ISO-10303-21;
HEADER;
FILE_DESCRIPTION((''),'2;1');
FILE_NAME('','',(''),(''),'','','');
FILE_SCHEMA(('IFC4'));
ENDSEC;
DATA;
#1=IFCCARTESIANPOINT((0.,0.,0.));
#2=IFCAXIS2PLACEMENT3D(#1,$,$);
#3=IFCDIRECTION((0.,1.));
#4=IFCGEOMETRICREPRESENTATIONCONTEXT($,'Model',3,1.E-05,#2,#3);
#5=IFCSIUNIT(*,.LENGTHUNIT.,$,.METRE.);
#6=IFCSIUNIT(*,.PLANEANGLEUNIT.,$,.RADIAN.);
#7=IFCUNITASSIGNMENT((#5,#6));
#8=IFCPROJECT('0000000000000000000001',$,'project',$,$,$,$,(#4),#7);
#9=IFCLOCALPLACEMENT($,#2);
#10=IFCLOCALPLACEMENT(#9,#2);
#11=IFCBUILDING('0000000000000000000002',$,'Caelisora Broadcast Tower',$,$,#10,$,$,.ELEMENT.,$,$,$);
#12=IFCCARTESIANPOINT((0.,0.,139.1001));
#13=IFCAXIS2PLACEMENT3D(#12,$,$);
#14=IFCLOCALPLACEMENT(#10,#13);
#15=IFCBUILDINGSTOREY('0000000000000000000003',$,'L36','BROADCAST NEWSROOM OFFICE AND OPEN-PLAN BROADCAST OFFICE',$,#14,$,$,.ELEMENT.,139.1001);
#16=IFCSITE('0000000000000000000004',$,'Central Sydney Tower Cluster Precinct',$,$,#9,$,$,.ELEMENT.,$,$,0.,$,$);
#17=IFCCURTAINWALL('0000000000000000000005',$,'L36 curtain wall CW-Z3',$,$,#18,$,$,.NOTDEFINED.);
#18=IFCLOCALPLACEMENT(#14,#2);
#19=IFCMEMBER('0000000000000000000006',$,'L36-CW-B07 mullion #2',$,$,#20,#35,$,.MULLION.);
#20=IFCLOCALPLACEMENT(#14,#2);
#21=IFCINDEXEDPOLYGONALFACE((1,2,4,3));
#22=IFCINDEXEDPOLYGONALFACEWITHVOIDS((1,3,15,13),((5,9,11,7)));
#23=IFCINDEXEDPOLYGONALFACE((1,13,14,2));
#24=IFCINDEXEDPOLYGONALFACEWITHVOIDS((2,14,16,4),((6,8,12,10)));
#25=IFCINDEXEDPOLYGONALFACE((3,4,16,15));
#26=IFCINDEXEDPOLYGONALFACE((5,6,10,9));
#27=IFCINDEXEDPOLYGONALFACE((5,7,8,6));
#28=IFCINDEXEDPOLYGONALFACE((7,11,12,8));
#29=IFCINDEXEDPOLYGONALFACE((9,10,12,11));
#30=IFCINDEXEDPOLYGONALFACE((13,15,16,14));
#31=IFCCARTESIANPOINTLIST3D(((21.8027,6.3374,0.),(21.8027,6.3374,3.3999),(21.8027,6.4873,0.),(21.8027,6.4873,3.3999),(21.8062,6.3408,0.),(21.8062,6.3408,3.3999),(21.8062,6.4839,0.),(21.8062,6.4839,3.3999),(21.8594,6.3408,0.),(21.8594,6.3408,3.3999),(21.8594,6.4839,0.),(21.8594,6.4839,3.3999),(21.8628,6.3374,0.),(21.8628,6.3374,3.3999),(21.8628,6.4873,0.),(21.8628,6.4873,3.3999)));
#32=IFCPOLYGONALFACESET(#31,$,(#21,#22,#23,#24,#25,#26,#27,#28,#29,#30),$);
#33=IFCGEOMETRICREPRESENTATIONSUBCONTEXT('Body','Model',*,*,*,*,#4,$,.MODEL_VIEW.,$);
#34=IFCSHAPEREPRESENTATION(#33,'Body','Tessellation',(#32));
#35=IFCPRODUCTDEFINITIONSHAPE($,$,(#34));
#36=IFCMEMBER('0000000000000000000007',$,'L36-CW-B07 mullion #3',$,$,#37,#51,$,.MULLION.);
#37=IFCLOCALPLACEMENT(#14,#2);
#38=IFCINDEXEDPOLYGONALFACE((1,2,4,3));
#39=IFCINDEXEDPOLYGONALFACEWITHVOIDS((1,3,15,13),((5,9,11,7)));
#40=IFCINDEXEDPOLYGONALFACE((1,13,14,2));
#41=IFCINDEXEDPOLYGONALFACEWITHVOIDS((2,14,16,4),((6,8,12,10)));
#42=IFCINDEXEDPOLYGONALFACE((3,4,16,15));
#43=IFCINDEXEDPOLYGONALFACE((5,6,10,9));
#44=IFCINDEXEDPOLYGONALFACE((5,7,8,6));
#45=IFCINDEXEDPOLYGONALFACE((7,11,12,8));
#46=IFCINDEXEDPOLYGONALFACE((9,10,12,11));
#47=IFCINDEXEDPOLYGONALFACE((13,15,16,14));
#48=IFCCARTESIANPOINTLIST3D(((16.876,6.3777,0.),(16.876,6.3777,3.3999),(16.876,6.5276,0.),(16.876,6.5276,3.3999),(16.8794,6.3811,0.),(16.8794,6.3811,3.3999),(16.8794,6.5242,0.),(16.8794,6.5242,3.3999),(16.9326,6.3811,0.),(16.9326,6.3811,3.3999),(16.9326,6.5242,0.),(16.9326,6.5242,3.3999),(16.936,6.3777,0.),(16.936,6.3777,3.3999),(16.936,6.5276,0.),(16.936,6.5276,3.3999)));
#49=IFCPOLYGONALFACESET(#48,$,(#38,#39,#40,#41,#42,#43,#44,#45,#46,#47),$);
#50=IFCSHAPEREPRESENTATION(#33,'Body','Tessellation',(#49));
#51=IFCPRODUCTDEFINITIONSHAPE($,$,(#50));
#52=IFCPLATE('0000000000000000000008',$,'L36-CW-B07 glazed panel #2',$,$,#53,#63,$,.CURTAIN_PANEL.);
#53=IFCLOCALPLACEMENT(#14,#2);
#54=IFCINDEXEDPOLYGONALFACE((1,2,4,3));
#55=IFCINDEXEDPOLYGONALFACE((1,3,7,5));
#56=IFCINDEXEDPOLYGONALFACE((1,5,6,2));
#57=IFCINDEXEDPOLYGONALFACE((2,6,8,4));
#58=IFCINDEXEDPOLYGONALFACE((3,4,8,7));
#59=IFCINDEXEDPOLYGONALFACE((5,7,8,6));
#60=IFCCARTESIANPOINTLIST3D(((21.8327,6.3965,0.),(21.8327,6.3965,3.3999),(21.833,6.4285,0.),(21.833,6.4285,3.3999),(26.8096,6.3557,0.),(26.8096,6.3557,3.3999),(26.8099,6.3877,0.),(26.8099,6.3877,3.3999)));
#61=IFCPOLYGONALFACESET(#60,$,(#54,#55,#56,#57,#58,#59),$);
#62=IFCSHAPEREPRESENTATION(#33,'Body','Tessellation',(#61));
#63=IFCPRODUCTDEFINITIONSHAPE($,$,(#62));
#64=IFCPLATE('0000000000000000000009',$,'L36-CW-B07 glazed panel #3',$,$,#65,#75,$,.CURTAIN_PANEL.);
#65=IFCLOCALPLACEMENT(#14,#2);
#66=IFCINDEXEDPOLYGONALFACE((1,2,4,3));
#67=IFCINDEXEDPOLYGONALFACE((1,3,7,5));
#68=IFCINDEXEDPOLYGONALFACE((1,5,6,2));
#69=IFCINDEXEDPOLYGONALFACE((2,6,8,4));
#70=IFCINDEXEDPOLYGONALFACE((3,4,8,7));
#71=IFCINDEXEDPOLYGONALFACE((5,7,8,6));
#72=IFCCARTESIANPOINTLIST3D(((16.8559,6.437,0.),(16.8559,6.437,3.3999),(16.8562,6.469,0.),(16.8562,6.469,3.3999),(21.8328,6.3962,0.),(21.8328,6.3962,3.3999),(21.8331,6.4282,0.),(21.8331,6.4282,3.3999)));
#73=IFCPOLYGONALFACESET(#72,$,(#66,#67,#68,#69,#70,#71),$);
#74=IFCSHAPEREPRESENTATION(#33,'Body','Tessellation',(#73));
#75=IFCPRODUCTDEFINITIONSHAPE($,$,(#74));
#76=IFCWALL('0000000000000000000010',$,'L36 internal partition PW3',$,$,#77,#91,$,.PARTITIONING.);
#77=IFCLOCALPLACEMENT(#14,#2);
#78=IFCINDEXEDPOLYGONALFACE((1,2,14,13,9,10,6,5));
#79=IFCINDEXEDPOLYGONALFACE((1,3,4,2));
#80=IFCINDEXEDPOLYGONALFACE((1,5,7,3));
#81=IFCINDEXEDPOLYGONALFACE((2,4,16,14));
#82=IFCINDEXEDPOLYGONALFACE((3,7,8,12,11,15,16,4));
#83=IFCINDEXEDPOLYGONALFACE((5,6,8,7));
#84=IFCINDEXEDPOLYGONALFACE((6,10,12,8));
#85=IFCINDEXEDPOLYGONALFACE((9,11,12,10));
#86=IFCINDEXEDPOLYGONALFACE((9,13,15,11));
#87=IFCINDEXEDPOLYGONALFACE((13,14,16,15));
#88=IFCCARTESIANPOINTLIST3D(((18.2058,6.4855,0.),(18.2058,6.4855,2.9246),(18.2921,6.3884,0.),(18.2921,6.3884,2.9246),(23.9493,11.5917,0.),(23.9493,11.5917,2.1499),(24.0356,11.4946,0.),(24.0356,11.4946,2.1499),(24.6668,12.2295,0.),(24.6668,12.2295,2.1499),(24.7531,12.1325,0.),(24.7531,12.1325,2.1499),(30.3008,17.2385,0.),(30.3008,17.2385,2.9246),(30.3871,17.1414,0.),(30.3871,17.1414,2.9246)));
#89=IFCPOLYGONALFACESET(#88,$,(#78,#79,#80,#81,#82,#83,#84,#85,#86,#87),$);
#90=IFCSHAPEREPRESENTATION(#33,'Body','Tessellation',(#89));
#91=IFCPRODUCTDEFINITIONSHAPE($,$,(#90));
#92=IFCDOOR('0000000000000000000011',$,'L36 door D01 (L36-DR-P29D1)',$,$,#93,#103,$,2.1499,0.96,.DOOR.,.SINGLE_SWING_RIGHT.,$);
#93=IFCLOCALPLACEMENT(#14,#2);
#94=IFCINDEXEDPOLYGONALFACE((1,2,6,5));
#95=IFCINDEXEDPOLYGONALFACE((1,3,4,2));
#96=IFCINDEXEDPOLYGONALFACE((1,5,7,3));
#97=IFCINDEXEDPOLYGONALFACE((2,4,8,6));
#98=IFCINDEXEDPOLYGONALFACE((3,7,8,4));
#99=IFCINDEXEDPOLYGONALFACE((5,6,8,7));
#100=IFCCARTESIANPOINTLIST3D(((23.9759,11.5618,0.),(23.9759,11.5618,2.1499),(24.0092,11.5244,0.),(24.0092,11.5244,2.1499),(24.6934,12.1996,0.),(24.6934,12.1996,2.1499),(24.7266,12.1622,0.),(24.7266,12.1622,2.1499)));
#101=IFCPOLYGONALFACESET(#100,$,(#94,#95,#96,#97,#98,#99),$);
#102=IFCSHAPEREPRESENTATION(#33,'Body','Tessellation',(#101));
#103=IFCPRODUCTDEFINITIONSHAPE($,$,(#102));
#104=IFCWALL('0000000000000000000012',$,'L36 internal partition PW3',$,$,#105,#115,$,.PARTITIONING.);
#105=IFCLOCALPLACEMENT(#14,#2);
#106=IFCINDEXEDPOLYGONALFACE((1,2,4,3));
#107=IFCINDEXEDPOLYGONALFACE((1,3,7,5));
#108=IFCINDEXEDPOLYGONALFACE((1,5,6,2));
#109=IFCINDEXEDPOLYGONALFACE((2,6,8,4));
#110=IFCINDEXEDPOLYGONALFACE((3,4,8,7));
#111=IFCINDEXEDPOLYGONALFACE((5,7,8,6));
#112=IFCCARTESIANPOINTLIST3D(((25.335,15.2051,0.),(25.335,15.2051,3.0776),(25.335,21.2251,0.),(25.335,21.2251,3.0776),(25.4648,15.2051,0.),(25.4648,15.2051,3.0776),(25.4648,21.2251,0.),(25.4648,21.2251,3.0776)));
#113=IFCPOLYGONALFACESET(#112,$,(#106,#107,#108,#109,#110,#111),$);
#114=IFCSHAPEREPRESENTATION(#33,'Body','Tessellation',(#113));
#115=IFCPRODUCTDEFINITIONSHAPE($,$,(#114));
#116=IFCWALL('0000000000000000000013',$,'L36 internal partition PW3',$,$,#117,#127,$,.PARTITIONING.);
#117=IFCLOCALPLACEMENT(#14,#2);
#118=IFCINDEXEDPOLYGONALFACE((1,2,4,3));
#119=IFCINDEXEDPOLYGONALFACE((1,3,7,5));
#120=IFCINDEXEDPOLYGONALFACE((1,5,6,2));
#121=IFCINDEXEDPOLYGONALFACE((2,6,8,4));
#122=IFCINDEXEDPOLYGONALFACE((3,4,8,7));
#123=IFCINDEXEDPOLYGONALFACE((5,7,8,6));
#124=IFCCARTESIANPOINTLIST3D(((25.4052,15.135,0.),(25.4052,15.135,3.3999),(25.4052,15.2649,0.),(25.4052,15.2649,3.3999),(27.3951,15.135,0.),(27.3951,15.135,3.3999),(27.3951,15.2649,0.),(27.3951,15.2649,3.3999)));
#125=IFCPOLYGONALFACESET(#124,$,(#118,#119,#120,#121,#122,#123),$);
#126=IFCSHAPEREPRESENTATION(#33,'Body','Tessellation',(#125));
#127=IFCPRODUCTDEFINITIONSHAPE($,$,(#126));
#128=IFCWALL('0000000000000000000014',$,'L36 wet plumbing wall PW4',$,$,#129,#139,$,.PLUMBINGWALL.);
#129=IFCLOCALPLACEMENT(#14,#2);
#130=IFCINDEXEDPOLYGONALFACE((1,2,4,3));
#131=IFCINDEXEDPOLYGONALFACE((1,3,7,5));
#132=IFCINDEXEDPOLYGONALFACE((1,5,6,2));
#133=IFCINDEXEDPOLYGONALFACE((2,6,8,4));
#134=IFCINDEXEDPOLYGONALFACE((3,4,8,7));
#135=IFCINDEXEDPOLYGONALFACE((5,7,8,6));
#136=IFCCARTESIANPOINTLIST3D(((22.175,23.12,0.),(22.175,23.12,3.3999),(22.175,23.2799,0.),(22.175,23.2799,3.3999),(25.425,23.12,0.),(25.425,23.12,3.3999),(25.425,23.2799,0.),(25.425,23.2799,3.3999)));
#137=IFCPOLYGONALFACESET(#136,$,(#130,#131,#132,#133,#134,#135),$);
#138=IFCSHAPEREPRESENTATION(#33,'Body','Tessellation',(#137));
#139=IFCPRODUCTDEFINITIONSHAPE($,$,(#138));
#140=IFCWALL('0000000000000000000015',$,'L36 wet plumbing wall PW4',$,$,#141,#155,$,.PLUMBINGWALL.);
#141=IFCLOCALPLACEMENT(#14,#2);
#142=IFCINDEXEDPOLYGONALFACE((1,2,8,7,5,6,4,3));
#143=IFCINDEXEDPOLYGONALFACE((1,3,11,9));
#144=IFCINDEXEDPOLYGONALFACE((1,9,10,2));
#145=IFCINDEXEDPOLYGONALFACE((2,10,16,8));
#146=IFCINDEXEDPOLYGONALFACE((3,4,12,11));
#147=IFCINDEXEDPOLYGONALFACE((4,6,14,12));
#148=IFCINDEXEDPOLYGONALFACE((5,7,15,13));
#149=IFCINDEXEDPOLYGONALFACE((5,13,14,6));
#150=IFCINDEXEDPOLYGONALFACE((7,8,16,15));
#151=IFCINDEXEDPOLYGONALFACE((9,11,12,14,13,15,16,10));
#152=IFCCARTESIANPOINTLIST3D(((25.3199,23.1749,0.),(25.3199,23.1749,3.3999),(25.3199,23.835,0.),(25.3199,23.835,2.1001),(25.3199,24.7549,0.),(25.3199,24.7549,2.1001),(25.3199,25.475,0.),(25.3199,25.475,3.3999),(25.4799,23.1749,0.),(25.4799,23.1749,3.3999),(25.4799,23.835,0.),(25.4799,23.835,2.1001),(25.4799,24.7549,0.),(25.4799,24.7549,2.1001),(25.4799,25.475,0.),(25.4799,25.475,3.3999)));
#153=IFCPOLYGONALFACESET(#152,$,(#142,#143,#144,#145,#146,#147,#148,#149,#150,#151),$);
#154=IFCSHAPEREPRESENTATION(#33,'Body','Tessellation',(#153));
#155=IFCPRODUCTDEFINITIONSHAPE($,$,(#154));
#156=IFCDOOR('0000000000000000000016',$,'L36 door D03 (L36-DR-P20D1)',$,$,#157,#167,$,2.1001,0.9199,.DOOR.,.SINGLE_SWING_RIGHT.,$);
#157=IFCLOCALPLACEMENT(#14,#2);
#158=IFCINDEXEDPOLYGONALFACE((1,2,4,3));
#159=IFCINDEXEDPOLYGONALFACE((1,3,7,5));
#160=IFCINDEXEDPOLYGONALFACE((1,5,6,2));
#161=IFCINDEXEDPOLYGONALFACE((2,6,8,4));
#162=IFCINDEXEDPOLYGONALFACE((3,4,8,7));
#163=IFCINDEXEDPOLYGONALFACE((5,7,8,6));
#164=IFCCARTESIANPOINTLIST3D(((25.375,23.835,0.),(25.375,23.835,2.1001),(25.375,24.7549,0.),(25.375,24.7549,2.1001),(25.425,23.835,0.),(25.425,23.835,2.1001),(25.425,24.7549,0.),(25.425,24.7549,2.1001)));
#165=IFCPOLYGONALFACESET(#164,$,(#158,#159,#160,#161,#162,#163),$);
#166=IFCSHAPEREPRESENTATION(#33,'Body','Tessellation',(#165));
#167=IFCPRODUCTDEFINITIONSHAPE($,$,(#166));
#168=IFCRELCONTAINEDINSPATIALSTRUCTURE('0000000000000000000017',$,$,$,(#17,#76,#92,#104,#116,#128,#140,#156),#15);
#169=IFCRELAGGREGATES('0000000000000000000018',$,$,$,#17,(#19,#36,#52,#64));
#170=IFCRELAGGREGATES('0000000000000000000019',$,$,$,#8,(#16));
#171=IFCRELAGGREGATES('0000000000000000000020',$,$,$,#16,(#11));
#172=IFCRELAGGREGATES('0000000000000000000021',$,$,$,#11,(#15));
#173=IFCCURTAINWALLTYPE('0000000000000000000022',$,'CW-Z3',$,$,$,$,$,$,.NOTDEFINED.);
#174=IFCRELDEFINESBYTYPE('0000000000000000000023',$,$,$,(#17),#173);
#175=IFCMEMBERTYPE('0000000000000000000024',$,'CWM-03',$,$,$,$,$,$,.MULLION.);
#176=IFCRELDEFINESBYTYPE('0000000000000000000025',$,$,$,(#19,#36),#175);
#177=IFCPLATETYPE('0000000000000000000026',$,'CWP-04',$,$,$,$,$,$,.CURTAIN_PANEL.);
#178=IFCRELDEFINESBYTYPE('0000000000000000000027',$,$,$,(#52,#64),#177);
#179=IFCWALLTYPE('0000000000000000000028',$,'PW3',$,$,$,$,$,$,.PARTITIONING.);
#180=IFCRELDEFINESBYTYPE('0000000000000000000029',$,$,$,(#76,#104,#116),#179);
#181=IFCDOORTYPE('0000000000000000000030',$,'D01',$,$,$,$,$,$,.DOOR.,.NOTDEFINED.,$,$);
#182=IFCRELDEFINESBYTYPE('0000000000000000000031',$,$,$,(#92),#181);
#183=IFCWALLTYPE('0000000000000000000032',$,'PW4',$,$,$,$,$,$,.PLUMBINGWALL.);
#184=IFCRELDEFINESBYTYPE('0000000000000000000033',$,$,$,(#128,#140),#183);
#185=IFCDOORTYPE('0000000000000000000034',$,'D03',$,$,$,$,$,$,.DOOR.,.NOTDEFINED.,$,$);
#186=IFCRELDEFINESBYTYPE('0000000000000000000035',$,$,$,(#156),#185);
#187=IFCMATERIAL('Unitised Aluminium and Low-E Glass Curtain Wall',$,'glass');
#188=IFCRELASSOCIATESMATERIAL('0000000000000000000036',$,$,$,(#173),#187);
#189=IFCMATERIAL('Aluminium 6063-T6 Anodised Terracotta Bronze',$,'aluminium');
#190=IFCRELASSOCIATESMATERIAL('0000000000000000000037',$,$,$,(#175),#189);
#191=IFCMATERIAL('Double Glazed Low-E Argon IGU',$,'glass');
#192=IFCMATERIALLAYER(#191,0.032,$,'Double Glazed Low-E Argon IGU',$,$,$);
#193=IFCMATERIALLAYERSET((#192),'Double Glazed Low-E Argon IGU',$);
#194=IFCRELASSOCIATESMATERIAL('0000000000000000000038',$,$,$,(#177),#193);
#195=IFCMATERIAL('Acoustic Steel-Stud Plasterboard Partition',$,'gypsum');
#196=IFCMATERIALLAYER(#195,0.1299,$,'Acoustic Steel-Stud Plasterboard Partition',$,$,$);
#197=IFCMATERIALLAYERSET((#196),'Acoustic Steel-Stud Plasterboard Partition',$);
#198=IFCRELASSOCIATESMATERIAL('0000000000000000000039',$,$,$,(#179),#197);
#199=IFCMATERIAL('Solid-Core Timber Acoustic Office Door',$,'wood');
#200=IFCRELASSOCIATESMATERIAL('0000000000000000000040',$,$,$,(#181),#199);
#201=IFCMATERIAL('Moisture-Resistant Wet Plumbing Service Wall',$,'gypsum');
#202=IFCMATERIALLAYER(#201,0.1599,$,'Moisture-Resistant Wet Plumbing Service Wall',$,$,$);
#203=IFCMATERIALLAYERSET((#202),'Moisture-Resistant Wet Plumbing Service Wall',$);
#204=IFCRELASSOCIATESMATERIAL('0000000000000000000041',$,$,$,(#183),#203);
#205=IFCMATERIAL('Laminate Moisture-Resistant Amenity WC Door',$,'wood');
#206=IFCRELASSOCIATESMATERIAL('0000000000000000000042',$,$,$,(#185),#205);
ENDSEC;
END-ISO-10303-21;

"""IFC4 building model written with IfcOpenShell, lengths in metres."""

from ifc_helpers import new_model, si_unit, direction, frame, frame_2d, origin, origin_2d, place, context, subcontext, project, spatial, rectangle, hollow_rectangle, extrude, source, transform, mapped, material, layer, layer_set, material_profile, profile_set, type_object, type_shapes, element, fill, aggregate, save


model = new_model("IFC4")

# Units and contexts
model_context = context("Model", 3, precision=1e-05, world=origin(), true_north=direction((0.0, 1.0)))
body_context = subcontext(model_context, "Body", "Model", "MODEL_VIEW")
ifc_project = project(units=[si_unit("LENGTHUNIT", "METRE"), si_unit("PLANEANGLEUNIT", "RADIAN")], contexts=[model_context])

# Site, building, storey
site_placement = place(None, origin())
site = spatial("IfcSite", under=ifc_project, at=site_placement, Name="Central Sydney Tower Cluster Precinct", CompositionType="ELEMENT", RefElevation=0.0)
building_placement = place(site_placement, origin())
building = spatial("IfcBuilding", under=site, at=building_placement, Name="Caelisora Broadcast Tower", CompositionType="ELEMENT")
storey_placement = place(building_placement, frame((0.0, 0.0, 139.1001)))
storey = spatial("IfcBuildingStorey", under=building, at=storey_placement, Name="L36", Description="BROADCAST NEWSROOM OFFICE AND OPEN-PLAN BROADCAST OFFICE", CompositionType="ELEMENT", Elevation=139.1001)

# Curtain wall, members, plates
ifc_material_1 = material(Name="Unitised Aluminium and Low-E Glass Curtain Wall", Category="glass")
curtain_wall_type = type_object("IfcCurtainWallType", Name="CW-Z3", PredefinedType="NOTDEFINED", material=ifc_material_1)
curtain_wall_placement = place(storey_placement, origin())
curtain_wall = element("IfcCurtainWall", 1, at=curtain_wall_placement, inside=storey, type_object=curtain_wall_type, Name="L36 curtain wall CW-Z3", PredefinedType="NOTDEFINED")
ifc_material_2 = material(Name="Aluminium 6063-T6 Anodised Terracotta Bronze", Category="aluminium")
ifc_material_profile_1 = material_profile(ifc_material_2, hollow_rectangle(XDim=0.0601, YDim=0.1499, WallThickness=0.0034, at=origin_2d()), Name="Aluminium 6063-T6 Anodised Terracotta Bronze")
ifc_profile_set_1 = profile_set([ifc_material_profile_1], Name="Aluminium 6063-T6 Anodised Terracotta Bronze")
member_type = type_object("IfcMemberType", Name="CWM-03", PredefinedType="MULLION", material=ifc_profile_set_1)
shared_shape_1 = source(origin(), body_context, "Body", "SweptSolid", [
    extrude(hollow_rectangle(XDim=0.0601, YDim=0.1499, WallThickness=0.0034, at=origin_2d()), origin(), (0.0, 0.0, 1.0), 3.3999),
])
type_shapes(member_type, [shared_shape_1])
member_1_placement = place(storey_placement, frame((21.8328, 6.4124, 0.0), z_axis=(0.0, 0.0, 1.0), x_axis=(1.0, 0.0, 0.0)))
member_1 = element("IfcMember", 2, at=member_1_placement, type_object=member_type, Name="L36-CW-B07 mullion #2", PredefinedType="MULLION", context=body_context, shape_type="MappedRepresentation", body=[
    mapped(shared_shape_1, transform((0.0, 0.0, 0.0), scale=1.0)),
])
member_2_placement = place(storey_placement, frame((16.906, 6.4526, 0.0), z_axis=(0.0, 0.0, 1.0), x_axis=(1.0, 0.0, 0.0)))
member_2 = element("IfcMember", 3, at=member_2_placement, type_object=member_type, Name="L36-CW-B07 mullion #3", PredefinedType="MULLION", context=body_context, shape_type="MappedRepresentation", body=[
    mapped(shared_shape_1, transform((0.0, 0.0, 0.0), scale=1.0)),
])
ifc_material_3 = material(Name="Double Glazed Low-E Argon IGU", Category="glass")
ifc_layer_1 = layer(ifc_material_3, 0.032, Name="Double Glazed Low-E Argon IGU")
ifc_layer_set_1 = layer_set([ifc_layer_1], Name="Double Glazed Low-E Argon IGU")
plate_type = type_object("IfcPlateType", Name="CWP-04", PredefinedType="CURTAIN_PANEL", material=ifc_layer_set_1)
shared_shape_2 = source(origin(), body_context, "Body", "SweptSolid", [
    extrude(rectangle(XDim=4.9771, YDim=0.032, at=origin_2d()), origin(), (0.0, 0.0, 1.0), 3.3999),
])
type_shapes(plate_type, [shared_shape_2])
plate_1_placement = place(storey_placement, frame((24.3213, 6.3921, 0.0), z_axis=(0.0, 0.0, 1.0), x_axis=(-0.999966, 0.008203, 0.0)))
plate_1 = element("IfcPlate", 4, at=plate_1_placement, type_object=plate_type, Name="L36-CW-B07 glazed panel #2", PredefinedType="CURTAIN_PANEL", context=body_context, shape_type="MappedRepresentation", body=[
    mapped(shared_shape_2, transform((0.0, 0.0, 0.0), scale=1.0)),
])
plate_2_placement = place(storey_placement, frame((19.3445, 6.4326, 0.0), z_axis=(0.0, 0.0, 1.0), x_axis=(-0.999966, 0.008203, 0.0)))
plate_2 = element("IfcPlate", 5, at=plate_2_placement, type_object=plate_type, Name="L36-CW-B07 glazed panel #3", PredefinedType="CURTAIN_PANEL", context=body_context, shape_type="MappedRepresentation", body=[
    mapped(shared_shape_2, transform((0.0, 0.0, 0.0), scale=1.0)),
])
aggregate(curtain_wall, [member_1, member_2, plate_1, plate_2])

# Wall, opening, door
ifc_material_4 = material(Name="Acoustic Steel-Stud Plasterboard Partition", Category="gypsum")
ifc_layer_2 = layer(ifc_material_4, 0.1299, Name="Acoustic Steel-Stud Plasterboard Partition")
ifc_layer_set_2 = layer_set([ifc_layer_2], Name="Acoustic Steel-Stud Plasterboard Partition")
wall_type_1 = type_object("IfcWallType", Name="PW3", PredefinedType="PARTITIONING", material=ifc_layer_set_2)
wall_1_placement = place(storey_placement, frame((18.249, 6.437, 0.0), z_axis=(0.0, 0.0, 1.0), x_axis=(0.747353, 0.664428, 0.0)))
wall_1 = element("IfcWall", 6, at=wall_1_placement, inside=storey, type_object=wall_type_1, Name="L36 internal partition PW3", PredefinedType="PARTITIONING", context=body_context, shape_type="SweptSolid", body=[
    extrude(rectangle(XDim=16.1838, YDim=0.1299, at=frame_2d((8.0918, 0.0))), origin(), (0.0, 0.0, 1.0), 2.9246),
])
opening_1_placement = place(wall_1_placement, frame((7.6851, 0.0, 0.0)))
opening_1 = element("IfcOpeningElement", 7, at=opening_1_placement, cuts=wall_1, PredefinedType="OPENING", context=body_context, shape_type="SweptSolid", body=[
    extrude(rectangle(XDim=0.96, YDim=2.1499, at=frame_2d((0.48, 1.075))), frame((0.0, 0.0769, 0.0), z_axis=(0.0, -1.0, 0.0), x_axis=(1.0, 0.0, 0.0)), (0.0, 0.0, 1.0), 0.1538),
])
ifc_material_5 = material(Name="Solid-Core Timber Acoustic Office Door", Category="wood")
door_type_1 = type_object("IfcDoorType", Name="D01", OperationType="NOTDEFINED", PredefinedType="DOOR", material=ifc_material_5)
door_1_placement = place(opening_1_placement, origin())
door_1 = element("IfcDoor", 8, at=door_1_placement, inside=storey, type_object=door_type_1, Name="L36 door D01 (L36-DR-P29D1)", OperationType="SINGLE_SWING_RIGHT", OverallHeight=2.1499, OverallWidth=0.96, PredefinedType="DOOR", context=body_context, shape_type="SweptSolid", body=[
    extrude(rectangle(XDim=0.96, YDim=2.1499, at=frame_2d((0.48, 1.075))), frame((0.0, 0.0249, 0.0), z_axis=(0.0, -1.0, 0.0), x_axis=(1.0, 0.0, 0.0)), (0.0, 0.0, 1.0), 0.05),
])
fill(opening_1, door_1)

# Walls
wall_2_placement = place(storey_placement, frame((25.3999, 21.2251, 0.0), z_axis=(0.0, 0.0, 1.0), x_axis=(0.0, -1.0, 0.0)))
element("IfcWall", 9, at=wall_2_placement, inside=storey, type_object=wall_type_1, Name="L36 internal partition PW3", PredefinedType="PARTITIONING", context=body_context, shape_type="SweptSolid", body=[
    extrude(rectangle(XDim=6.02, YDim=0.1299, at=frame_2d((3.01, 0.0))), origin(), (0.0, 0.0, 1.0), 3.0776),
])
wall_3_placement = place(storey_placement, frame((25.405, 15.2, 0.0), z_axis=(0.0, 0.0, 1.0), x_axis=(1.0, 0.0, 0.0)))
element("IfcWall", 10, at=wall_3_placement, inside=storey, type_object=wall_type_1, Name="L36 internal partition PW3", PredefinedType="PARTITIONING", context=body_context, shape_type="SweptSolid", body=[
    extrude(rectangle(XDim=1.99, YDim=0.1299, at=frame_2d((0.9951, 0.0))), origin(), (0.0, 0.0, 1.0), 3.3999),
])

# Wall
ifc_material_6 = material(Name="Moisture-Resistant Wet Plumbing Service Wall", Category="gypsum")
ifc_layer_3 = layer(ifc_material_6, 0.1599, Name="Moisture-Resistant Wet Plumbing Service Wall")
ifc_layer_set_3 = layer_set([ifc_layer_3], Name="Moisture-Resistant Wet Plumbing Service Wall")
wall_type_2 = type_object("IfcWallType", Name="PW4", PredefinedType="PLUMBINGWALL", material=ifc_layer_set_3)
wall_4_placement = place(storey_placement, frame((22.175, 23.2, 0.0), z_axis=(0.0, 0.0, 1.0), x_axis=(1.0, 0.0, 0.0)))
element("IfcWall", 11, at=wall_4_placement, inside=storey, type_object=wall_type_2, Name="L36 wet plumbing wall PW4", PredefinedType="PLUMBINGWALL", context=body_context, shape_type="SweptSolid", body=[
    extrude(rectangle(XDim=3.25, YDim=0.1599, at=frame_2d((1.625, 0.0))), origin(), (0.0, 0.0, 1.0), 3.3999),
])

# Wall, opening, door
wall_5_placement = place(storey_placement, frame((25.3999, 23.175, 0.0), z_axis=(0.0, 0.0, 1.0), x_axis=(0.0, 1.0, 0.0)))
wall_5 = element("IfcWall", 12, at=wall_5_placement, inside=storey, type_object=wall_type_2, Name="L36 wet plumbing wall PW4", PredefinedType="PLUMBINGWALL", context=body_context, shape_type="SweptSolid", body=[
    extrude(rectangle(XDim=2.3, YDim=0.1599, at=frame_2d((1.1499, 0.0))), origin(), (0.0, 0.0, 1.0), 3.3999),
])
opening_2_placement = place(wall_5_placement, frame((0.6599, 0.0, 0.0)))
opening_2 = element("IfcOpeningElement", 13, at=opening_2_placement, cuts=wall_5, PredefinedType="OPENING", context=body_context, shape_type="SweptSolid", body=[
    extrude(rectangle(XDim=0.9199, YDim=2.1001, at=frame_2d((0.46, 1.05))), frame((0.0, 0.092, 0.0), z_axis=(0.0, -1.0, 0.0), x_axis=(1.0, 0.0, 0.0)), (0.0, 0.0, 1.0), 0.1838),
])
ifc_material_7 = material(Name="Laminate Moisture-Resistant Amenity WC Door", Category="wood")
door_type_2 = type_object("IfcDoorType", Name="D03", OperationType="NOTDEFINED", PredefinedType="DOOR", material=ifc_material_7)
door_2_placement = place(opening_2_placement, origin())
door_2 = element("IfcDoor", 14, at=door_2_placement, inside=storey, type_object=door_type_2, Name="L36 door D03 (L36-DR-P20D1)", OperationType="SINGLE_SWING_RIGHT", OverallHeight=2.1001, OverallWidth=0.9199, PredefinedType="DOOR", context=body_context, shape_type="SweptSolid", body=[
    extrude(rectangle(XDim=0.9199, YDim=2.1001, at=frame_2d((0.46, 1.05))), frame((0.0, 0.0249, 0.0), z_axis=(0.0, -1.0, 0.0), x_axis=(1.0, 0.0, 0.0)), (0.0, 0.0, 1.0), 0.05),
])
fill(opening_2, door_2)

save(model, "model.ifc")
